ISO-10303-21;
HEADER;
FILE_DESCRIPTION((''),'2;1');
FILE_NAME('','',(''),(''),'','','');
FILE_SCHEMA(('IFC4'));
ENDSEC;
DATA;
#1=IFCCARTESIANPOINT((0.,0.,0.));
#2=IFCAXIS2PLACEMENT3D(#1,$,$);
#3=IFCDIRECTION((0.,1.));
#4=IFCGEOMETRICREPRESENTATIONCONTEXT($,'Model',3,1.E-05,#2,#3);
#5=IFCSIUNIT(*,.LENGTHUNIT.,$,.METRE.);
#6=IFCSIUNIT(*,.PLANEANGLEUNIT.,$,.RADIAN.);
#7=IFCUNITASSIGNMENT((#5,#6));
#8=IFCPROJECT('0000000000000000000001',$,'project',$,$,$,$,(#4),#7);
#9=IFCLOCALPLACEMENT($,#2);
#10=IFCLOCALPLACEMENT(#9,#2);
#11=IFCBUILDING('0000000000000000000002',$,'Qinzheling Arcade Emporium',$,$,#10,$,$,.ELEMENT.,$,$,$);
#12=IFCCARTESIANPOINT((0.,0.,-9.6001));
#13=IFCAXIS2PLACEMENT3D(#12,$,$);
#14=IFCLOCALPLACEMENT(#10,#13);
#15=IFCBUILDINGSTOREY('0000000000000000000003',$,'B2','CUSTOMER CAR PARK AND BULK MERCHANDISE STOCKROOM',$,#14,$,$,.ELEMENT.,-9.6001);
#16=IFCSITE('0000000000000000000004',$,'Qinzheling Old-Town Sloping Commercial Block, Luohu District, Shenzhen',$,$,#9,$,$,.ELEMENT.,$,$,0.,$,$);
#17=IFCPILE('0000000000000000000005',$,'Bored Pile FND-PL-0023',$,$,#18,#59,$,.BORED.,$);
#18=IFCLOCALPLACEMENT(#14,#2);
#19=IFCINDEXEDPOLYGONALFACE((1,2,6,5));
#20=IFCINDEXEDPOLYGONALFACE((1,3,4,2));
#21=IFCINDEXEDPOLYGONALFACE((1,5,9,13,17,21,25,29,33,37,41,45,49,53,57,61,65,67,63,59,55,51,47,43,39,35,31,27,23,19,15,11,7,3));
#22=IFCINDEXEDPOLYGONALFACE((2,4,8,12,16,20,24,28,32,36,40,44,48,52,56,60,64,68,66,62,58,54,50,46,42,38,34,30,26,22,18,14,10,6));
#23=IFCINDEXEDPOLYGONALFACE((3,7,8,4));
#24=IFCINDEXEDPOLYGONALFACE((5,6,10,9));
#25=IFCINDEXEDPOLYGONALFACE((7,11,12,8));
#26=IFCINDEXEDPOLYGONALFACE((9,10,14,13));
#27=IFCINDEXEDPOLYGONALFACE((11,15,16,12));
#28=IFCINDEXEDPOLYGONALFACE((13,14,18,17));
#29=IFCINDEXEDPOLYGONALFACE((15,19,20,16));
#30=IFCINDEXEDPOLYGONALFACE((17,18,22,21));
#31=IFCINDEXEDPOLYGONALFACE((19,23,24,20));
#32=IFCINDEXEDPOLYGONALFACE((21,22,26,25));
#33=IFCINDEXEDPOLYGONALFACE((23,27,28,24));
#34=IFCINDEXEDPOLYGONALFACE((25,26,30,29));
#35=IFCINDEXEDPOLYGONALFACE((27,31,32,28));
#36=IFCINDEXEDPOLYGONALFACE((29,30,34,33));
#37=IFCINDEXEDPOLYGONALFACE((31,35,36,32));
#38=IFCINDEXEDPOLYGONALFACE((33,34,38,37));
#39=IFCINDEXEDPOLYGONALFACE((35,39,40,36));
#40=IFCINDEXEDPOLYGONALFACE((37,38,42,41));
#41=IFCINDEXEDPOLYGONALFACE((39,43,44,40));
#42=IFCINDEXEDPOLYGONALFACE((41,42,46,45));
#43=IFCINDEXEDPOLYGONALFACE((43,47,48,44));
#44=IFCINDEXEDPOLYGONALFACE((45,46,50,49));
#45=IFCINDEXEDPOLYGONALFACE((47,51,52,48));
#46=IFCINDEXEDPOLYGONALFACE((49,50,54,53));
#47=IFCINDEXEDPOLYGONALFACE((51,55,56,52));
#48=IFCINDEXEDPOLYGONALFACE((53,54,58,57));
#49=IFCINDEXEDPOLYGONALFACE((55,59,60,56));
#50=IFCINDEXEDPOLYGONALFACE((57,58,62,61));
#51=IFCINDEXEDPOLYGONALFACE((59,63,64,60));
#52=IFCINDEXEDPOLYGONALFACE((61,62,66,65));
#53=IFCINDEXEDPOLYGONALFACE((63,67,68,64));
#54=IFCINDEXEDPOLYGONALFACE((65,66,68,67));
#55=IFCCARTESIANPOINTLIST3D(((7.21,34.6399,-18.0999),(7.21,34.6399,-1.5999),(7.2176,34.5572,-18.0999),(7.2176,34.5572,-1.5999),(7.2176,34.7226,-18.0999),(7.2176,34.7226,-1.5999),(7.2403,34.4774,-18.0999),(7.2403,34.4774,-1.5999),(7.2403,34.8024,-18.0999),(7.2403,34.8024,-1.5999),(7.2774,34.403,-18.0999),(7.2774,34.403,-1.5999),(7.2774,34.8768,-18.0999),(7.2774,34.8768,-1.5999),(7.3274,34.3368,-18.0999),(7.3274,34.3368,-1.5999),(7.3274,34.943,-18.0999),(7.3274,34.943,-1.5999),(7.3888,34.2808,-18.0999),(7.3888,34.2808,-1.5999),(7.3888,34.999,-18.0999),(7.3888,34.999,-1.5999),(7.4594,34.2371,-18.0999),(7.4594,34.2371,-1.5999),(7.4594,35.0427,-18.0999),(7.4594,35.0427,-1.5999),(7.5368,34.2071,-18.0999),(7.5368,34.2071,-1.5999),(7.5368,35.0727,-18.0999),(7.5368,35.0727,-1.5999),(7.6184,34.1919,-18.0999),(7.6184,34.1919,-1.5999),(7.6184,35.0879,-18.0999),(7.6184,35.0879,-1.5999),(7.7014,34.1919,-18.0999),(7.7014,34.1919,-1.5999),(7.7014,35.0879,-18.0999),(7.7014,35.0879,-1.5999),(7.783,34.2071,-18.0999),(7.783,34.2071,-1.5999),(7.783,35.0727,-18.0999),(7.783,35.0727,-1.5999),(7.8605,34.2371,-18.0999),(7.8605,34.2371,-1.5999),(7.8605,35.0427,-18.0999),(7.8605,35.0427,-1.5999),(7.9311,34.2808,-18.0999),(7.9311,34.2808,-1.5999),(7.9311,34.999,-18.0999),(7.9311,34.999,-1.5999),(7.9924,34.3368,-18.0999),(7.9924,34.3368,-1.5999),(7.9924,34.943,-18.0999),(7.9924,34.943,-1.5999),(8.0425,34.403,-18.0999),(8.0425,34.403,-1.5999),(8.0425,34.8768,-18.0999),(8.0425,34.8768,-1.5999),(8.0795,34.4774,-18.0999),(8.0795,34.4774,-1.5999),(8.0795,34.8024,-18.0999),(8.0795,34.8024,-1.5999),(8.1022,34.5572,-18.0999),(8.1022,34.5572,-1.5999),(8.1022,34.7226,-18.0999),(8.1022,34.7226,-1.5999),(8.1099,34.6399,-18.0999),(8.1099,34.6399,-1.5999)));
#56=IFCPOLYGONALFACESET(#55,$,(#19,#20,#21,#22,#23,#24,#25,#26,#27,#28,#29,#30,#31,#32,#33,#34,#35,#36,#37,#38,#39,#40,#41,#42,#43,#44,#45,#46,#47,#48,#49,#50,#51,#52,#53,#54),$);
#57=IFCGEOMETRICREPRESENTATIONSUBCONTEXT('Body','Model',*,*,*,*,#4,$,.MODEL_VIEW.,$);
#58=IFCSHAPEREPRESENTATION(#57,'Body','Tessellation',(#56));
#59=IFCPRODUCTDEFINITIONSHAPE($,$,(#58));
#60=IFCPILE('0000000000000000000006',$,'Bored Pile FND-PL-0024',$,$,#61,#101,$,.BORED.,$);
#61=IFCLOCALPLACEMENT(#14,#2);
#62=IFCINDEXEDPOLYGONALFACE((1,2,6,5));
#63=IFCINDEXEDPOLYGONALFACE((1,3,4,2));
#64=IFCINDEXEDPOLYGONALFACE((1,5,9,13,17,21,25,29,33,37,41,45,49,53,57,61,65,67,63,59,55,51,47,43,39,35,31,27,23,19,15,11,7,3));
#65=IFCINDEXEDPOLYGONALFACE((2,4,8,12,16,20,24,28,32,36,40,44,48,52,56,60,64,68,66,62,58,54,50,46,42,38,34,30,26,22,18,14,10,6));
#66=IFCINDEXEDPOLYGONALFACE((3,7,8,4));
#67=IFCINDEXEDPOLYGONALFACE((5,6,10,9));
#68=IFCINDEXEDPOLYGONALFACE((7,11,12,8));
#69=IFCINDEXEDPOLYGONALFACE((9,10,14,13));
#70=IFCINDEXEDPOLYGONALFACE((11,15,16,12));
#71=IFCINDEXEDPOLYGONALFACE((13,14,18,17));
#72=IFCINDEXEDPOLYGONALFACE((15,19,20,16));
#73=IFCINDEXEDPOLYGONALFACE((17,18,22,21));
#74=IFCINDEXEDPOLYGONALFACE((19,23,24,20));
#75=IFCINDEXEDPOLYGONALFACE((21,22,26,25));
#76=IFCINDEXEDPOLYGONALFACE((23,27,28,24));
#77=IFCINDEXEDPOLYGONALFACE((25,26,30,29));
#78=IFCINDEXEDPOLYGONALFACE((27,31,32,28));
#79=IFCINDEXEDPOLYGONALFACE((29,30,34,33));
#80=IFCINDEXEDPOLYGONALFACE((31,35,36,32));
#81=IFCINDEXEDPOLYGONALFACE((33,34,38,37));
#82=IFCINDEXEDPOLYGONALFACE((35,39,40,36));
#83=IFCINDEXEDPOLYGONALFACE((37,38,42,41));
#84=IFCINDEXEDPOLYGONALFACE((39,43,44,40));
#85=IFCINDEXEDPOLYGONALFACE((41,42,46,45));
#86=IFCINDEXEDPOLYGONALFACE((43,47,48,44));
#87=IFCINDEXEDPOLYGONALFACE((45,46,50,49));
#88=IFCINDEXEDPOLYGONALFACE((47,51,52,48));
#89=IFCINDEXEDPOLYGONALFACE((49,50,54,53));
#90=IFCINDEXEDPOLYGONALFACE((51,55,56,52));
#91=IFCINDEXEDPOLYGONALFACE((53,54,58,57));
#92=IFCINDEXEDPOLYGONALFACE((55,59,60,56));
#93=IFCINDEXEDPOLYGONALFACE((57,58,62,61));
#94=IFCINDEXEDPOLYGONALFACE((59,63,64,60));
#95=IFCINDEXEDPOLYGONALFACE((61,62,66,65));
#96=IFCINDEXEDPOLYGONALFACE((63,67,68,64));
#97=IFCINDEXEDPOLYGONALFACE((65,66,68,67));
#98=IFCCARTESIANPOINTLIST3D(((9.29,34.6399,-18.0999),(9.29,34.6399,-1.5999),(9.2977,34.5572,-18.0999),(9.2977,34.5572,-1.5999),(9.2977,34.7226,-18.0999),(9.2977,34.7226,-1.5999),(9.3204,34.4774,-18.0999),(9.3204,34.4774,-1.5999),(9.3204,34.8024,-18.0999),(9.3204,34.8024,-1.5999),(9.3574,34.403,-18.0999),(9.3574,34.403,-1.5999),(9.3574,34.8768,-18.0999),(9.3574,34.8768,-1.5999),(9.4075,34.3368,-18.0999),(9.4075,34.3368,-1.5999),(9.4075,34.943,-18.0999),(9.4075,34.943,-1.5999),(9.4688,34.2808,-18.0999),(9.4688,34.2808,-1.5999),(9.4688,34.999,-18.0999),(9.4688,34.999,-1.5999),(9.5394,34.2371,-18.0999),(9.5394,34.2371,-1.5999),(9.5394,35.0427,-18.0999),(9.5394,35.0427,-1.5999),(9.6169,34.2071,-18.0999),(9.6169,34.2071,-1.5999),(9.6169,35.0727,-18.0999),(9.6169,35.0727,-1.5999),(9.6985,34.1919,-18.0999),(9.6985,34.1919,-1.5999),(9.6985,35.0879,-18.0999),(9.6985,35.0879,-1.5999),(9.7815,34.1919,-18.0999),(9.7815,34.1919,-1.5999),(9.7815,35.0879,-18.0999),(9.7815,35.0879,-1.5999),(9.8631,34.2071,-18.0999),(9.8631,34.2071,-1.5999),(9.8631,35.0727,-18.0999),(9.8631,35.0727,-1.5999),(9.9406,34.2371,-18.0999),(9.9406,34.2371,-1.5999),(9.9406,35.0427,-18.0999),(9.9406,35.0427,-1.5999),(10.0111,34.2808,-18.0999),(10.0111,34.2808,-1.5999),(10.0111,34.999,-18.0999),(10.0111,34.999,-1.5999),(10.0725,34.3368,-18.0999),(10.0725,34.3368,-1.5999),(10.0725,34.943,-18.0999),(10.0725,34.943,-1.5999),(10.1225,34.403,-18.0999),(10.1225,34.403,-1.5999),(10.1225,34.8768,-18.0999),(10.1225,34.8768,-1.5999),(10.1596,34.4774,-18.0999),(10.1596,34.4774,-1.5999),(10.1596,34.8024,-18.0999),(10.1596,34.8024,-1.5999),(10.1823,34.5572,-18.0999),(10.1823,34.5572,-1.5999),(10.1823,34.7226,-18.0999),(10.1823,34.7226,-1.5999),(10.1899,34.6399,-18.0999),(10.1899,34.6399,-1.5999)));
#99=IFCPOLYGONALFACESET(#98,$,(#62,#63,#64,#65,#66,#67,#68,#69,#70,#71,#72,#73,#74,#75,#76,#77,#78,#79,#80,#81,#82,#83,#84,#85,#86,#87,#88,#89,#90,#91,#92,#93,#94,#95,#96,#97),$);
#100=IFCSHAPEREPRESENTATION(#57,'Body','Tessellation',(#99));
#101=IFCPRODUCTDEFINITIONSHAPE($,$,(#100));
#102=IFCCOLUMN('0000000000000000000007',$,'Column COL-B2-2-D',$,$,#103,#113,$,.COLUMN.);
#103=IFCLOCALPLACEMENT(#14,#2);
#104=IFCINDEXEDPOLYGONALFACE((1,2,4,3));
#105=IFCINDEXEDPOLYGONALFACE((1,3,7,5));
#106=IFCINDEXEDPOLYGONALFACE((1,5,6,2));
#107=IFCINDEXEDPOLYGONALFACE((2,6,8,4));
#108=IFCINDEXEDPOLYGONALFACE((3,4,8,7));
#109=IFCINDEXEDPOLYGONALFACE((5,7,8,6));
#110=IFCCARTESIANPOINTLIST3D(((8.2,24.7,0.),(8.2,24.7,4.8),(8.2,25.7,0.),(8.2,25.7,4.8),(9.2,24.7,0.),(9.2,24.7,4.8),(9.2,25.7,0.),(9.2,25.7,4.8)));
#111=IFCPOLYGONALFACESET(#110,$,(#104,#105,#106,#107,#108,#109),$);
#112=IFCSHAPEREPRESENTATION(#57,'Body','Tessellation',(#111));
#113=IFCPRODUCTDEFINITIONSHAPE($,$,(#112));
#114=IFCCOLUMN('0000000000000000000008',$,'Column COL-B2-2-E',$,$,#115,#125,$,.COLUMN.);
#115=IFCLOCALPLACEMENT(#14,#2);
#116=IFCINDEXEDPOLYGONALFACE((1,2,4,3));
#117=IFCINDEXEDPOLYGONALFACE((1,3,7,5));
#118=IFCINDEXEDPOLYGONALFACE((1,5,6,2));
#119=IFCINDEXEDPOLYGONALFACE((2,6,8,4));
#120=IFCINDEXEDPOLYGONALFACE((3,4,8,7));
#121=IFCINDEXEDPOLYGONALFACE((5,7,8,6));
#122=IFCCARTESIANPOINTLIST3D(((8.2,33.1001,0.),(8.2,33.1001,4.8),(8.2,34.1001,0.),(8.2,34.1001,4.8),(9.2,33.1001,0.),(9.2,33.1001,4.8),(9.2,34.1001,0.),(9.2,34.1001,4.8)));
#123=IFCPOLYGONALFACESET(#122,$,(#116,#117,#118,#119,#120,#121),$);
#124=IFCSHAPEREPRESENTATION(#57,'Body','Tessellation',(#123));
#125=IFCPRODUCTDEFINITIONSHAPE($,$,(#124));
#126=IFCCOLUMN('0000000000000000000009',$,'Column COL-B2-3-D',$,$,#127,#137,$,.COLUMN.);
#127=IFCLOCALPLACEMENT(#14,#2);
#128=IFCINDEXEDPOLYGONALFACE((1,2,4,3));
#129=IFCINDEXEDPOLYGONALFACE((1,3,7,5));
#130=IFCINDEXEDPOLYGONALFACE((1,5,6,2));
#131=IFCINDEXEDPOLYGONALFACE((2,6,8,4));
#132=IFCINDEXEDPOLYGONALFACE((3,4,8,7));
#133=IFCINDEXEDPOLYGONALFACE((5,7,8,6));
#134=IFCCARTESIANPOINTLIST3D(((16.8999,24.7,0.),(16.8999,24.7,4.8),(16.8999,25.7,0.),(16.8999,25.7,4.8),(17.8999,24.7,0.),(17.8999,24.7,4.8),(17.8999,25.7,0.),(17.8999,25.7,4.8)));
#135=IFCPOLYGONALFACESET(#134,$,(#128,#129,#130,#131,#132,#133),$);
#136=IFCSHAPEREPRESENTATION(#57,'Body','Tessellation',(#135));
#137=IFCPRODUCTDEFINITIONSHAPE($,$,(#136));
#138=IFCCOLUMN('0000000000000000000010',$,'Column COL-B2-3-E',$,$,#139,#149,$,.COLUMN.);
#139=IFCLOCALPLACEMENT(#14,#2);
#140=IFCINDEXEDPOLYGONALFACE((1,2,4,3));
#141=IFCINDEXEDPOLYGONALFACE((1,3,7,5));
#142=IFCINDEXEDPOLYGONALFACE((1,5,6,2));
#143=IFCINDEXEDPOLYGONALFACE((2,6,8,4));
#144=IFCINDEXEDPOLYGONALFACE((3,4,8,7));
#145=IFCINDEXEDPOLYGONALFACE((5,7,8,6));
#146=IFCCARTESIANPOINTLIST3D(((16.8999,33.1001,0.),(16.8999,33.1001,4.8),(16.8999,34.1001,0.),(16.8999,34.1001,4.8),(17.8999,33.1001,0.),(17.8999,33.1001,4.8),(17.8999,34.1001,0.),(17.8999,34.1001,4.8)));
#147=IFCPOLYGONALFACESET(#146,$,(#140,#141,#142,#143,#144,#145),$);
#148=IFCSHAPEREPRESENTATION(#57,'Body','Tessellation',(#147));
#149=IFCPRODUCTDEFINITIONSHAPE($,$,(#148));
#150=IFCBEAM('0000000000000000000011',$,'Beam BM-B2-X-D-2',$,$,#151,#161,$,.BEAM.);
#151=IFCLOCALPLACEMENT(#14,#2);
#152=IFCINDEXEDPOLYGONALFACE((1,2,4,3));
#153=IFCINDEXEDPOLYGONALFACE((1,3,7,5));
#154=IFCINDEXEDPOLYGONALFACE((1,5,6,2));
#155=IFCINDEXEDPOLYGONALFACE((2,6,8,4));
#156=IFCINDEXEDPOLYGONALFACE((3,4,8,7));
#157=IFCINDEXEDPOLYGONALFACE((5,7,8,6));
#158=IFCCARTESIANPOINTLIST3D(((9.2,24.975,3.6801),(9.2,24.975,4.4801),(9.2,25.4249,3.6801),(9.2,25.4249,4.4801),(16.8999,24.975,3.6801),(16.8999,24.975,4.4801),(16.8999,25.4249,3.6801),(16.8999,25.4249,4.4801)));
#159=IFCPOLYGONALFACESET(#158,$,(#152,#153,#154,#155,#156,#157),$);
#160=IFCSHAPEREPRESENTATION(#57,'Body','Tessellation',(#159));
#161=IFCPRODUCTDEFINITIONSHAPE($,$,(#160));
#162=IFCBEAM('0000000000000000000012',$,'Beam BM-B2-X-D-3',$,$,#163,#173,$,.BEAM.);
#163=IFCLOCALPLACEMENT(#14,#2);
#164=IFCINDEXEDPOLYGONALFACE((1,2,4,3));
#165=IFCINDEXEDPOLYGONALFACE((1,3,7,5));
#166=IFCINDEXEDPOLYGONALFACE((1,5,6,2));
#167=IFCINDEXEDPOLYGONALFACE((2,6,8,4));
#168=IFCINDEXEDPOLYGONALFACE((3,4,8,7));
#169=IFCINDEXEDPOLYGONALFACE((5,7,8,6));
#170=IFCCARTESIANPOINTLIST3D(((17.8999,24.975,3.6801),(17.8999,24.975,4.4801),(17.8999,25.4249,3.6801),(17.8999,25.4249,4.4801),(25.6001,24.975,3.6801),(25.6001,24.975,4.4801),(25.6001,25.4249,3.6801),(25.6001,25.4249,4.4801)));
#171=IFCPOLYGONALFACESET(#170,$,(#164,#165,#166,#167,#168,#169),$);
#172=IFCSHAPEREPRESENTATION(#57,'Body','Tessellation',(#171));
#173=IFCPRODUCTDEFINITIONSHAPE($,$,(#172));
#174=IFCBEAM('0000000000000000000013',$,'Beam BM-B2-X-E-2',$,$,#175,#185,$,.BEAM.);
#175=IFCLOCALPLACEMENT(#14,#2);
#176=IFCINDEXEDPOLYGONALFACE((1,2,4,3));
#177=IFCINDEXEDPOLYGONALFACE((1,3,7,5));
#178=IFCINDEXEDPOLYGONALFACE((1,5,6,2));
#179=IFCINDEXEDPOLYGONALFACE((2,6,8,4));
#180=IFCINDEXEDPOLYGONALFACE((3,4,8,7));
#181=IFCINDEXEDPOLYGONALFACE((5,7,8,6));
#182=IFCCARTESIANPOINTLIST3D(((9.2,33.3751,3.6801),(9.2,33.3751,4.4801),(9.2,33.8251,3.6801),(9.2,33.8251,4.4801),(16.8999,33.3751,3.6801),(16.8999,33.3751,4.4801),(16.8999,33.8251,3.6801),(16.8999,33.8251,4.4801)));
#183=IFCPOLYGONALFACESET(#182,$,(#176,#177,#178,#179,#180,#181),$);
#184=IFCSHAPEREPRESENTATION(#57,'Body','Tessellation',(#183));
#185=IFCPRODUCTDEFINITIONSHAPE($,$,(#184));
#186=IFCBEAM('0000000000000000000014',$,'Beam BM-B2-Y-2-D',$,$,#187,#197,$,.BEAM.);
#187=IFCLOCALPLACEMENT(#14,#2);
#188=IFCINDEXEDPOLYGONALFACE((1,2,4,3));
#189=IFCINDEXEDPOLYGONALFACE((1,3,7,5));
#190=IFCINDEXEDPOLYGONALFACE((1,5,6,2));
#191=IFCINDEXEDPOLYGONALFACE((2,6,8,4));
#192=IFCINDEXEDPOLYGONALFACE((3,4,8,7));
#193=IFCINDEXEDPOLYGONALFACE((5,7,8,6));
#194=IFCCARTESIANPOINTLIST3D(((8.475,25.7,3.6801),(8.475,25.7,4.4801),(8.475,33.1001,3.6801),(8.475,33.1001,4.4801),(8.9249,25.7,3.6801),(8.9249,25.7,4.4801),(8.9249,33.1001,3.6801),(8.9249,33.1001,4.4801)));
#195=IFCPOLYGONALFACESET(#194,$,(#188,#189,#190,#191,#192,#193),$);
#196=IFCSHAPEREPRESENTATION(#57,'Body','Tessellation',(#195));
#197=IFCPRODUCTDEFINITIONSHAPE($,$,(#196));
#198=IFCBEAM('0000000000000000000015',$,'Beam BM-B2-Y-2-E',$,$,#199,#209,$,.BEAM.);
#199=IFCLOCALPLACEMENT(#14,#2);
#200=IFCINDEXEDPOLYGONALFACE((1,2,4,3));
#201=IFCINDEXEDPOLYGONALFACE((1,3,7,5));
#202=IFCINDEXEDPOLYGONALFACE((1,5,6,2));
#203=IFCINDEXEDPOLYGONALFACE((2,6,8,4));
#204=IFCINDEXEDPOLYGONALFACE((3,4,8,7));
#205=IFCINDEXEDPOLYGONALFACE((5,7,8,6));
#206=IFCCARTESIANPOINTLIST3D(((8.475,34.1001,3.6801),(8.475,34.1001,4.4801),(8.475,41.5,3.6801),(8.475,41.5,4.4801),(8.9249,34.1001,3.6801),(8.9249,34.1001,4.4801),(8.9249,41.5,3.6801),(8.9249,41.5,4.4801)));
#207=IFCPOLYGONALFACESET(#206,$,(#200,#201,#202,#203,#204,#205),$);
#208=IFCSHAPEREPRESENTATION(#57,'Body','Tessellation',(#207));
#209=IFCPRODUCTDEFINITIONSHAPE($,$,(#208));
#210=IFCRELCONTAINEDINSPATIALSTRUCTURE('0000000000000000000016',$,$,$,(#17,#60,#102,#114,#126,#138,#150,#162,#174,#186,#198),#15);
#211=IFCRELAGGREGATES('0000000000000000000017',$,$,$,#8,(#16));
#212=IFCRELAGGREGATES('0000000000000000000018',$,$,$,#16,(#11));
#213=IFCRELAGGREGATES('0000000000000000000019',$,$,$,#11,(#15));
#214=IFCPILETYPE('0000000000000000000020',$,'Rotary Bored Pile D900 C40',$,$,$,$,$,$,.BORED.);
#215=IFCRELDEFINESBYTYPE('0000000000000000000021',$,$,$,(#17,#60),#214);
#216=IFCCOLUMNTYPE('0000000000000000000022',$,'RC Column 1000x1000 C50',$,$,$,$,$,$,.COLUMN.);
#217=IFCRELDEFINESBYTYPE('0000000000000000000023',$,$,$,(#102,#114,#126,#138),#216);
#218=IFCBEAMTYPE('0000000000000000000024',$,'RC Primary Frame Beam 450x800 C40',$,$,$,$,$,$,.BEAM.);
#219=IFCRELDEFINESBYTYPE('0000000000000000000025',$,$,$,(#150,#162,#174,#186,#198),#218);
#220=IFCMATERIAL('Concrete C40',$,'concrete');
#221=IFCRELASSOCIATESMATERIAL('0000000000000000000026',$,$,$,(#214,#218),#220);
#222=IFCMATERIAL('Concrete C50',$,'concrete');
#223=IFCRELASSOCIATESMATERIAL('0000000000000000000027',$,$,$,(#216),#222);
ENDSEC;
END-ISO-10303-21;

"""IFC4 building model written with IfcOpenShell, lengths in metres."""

from ifc_helpers import new_model, si_unit, direction, frame, origin, origin_2d, place, context, subcontext, project, spatial, rectangle, circle, extrude, material, material_profile, profile_set, type_object, element, save


model = new_model("IFC4")

# Units and contexts
model_context = context("Model", 3, precision=1e-05, world=origin(), true_north=direction((0.0, 1.0)))
body_context = subcontext(model_context, "Body", "Model", "MODEL_VIEW")
ifc_project = project(units=[si_unit("LENGTHUNIT", "METRE"), si_unit("PLANEANGLEUNIT", "RADIAN")], contexts=[model_context])

# Site, building, storey
site_placement = place(None, origin())
site = spatial("IfcSite", under=ifc_project, at=site_placement, Name="Qinzheling Old-Town Sloping Commercial Block, Luohu District, Shenzhen", CompositionType="ELEMENT", RefElevation=0.0)
building_placement = place(site_placement, origin())
building = spatial("IfcBuilding", under=site, at=building_placement, Name="Qinzheling Arcade Emporium", CompositionType="ELEMENT")
storey_placement = place(building_placement, frame((0.0, 0.0, -9.6001)))
storey = spatial("IfcBuildingStorey", under=building, at=storey_placement, Name="B2", Description="CUSTOMER CAR PARK AND BULK MERCHANDISE STOCKROOM", CompositionType="ELEMENT", Elevation=-9.6001)

# Shared definitions
ifc_material_1 = material(Name="Concrete C40", Category="concrete")

# Piles
ifc_material_profile_1 = material_profile(ifc_material_1, circle(Radius=0.45, at=origin_2d()), Name="BORED D900", Category="concrete")
ifc_profile_set_1 = profile_set([ifc_material_profile_1], Name="Concrete C40")
pile_type_1 = type_object("IfcPileType", Name="Rotary Bored Pile D900 C40", PredefinedType="BORED", material=ifc_profile_set_1)
for number, where, z_axis, x_axis, name in (
    (1, (7.6599, 34.6399, -1.5999), (0.0, 0.0, -1.0), (1.0, 0.0, 0.0), "Bored Pile FND-PL-0023"),
    (2, (9.74, 34.6399, -1.5999), (0.0, 0.0, -1.0), (1.0, 0.0, 0.0), "Bored Pile FND-PL-0024"),
):
    element("IfcPile", number, at=place(storey_placement, frame(where, z_axis=z_axis, x_axis=x_axis)), inside=storey, type_object=pile_type_1, Name=name, PredefinedType="BORED", context=body_context, shape_type="SweptSolid", body=[
        extrude(circle(Radius=0.45, at=origin_2d()), origin(), (0.0, 0.0, 1.0), 16.5),
    ])

# Columns
ifc_material_2 = material(Name="Concrete C50", Category="concrete")
ifc_material_profile_2 = material_profile(ifc_material_2, rectangle(XDim=1.0, YDim=1.0, at=origin_2d()), Name="RC 1000x1000", Category="concrete")
ifc_profile_set_2 = profile_set([ifc_material_profile_2], Name="Concrete C50")
column_type = type_object("IfcColumnType", Name="RC Column 1000x1000 C50", PredefinedType="COLUMN", material=ifc_profile_set_2)
for number, where, z_axis, x_axis, name in (
    (3, (8.7, 25.2, 0.0), (0.0, 0.0, 1.0), (1.0, 0.0, 0.0), "Column COL-B2-2-D"),
    (4, (8.7, 33.6001, 0.0), (0.0, 0.0, 1.0), (1.0, 0.0, 0.0), "Column COL-B2-2-E"),
    (5, (17.3999, 25.2, 0.0), (0.0, 0.0, 1.0), (1.0, 0.0, 0.0), "Column COL-B2-3-D"),
    (6, (17.3999, 33.6001, 0.0), (0.0, 0.0, 1.0), (1.0, 0.0, 0.0), "Column COL-B2-3-E"),
):
    element("IfcColumn", number, at=place(storey_placement, frame(where, z_axis=z_axis, x_axis=x_axis)), inside=storey, type_object=column_type, Name=name, PredefinedType="COLUMN", context=body_context, shape_type="SweptSolid", body=[
        extrude(rectangle(XDim=1.0, YDim=1.0, at=origin_2d()), origin(), (0.0, 0.0, 1.0), 4.8),
    ])

# Beams
ifc_material_profile_3 = material_profile(ifc_material_1, rectangle(XDim=0.45, YDim=0.8, at=origin_2d()), Name="RC 450x800", Category="concrete")
ifc_profile_set_3 = profile_set([ifc_material_profile_3], Name="Concrete C40")
beam_type = type_object("IfcBeamType", Name="RC Primary Frame Beam 450x800 C40", PredefinedType="BEAM", material=ifc_profile_set_3)
beam_1_placement = place(storey_placement, frame((9.2, 25.2, 4.0801), z_axis=(1.0, 0.0, 0.0), x_axis=(0.0, 1.0, 0.0)))
element("IfcBeam", 7, at=beam_1_placement, inside=storey, type_object=beam_type, Name="Beam BM-B2-X-D-2", PredefinedType="BEAM", context=body_context, shape_type="SweptSolid", body=[
    extrude(rectangle(XDim=0.45, YDim=0.8, at=origin_2d()), origin(), (0.0, 0.0, 1.0), 7.7),
])
beam_2_placement = place(storey_placement, frame((17.8999, 25.2, 4.0801), z_axis=(1.0, 0.0, 0.0), x_axis=(0.0, 1.0, 0.0)))
element("IfcBeam", 8, at=beam_2_placement, inside=storey, type_object=beam_type, Name="Beam BM-B2-X-D-3", PredefinedType="BEAM", context=body_context, shape_type="SweptSolid", body=[
    extrude(rectangle(XDim=0.45, YDim=0.8, at=origin_2d()), origin(), (0.0, 0.0, 1.0), 7.7002),
])
beam_3_placement = place(storey_placement, frame((9.2, 33.6001, 4.0801), z_axis=(1.0, 0.0, 0.0), x_axis=(0.0, 1.0, 0.0)))
element("IfcBeam", 9, at=beam_3_placement, inside=storey, type_object=beam_type, Name="Beam BM-B2-X-E-2", PredefinedType="BEAM", context=body_context, shape_type="SweptSolid", body=[
    extrude(rectangle(XDim=0.45, YDim=0.8, at=origin_2d()), origin(), (0.0, 0.0, 1.0), 7.7),
])
beam_4_placement = place(storey_placement, frame((8.7, 25.7, 4.0801), z_axis=(0.0, 1.0, 0.0), x_axis=(-1.0, 0.0, 0.0)))
element("IfcBeam", 10, at=beam_4_placement, inside=storey, type_object=beam_type, Name="Beam BM-B2-Y-2-D", PredefinedType="BEAM", context=body_context, shape_type="SweptSolid", body=[
    extrude(rectangle(XDim=0.45, YDim=0.8, at=origin_2d()), origin(), (0.0, 0.0, 1.0), 7.4001),
])
beam_5_placement = place(storey_placement, frame((8.7, 34.1001, 4.0801), z_axis=(0.0, 1.0, 0.0), x_axis=(-1.0, 0.0, 0.0)))
element("IfcBeam", 11, at=beam_5_placement, inside=storey, type_object=beam_type, Name="Beam BM-B2-Y-2-E", PredefinedType="BEAM", context=body_context, shape_type="SweptSolid", body=[
    extrude(rectangle(XDim=0.45, YDim=0.8, at=origin_2d()), origin(), (0.0, 0.0, 1.0), 7.3999),
])

save(model, "model.ifc")
